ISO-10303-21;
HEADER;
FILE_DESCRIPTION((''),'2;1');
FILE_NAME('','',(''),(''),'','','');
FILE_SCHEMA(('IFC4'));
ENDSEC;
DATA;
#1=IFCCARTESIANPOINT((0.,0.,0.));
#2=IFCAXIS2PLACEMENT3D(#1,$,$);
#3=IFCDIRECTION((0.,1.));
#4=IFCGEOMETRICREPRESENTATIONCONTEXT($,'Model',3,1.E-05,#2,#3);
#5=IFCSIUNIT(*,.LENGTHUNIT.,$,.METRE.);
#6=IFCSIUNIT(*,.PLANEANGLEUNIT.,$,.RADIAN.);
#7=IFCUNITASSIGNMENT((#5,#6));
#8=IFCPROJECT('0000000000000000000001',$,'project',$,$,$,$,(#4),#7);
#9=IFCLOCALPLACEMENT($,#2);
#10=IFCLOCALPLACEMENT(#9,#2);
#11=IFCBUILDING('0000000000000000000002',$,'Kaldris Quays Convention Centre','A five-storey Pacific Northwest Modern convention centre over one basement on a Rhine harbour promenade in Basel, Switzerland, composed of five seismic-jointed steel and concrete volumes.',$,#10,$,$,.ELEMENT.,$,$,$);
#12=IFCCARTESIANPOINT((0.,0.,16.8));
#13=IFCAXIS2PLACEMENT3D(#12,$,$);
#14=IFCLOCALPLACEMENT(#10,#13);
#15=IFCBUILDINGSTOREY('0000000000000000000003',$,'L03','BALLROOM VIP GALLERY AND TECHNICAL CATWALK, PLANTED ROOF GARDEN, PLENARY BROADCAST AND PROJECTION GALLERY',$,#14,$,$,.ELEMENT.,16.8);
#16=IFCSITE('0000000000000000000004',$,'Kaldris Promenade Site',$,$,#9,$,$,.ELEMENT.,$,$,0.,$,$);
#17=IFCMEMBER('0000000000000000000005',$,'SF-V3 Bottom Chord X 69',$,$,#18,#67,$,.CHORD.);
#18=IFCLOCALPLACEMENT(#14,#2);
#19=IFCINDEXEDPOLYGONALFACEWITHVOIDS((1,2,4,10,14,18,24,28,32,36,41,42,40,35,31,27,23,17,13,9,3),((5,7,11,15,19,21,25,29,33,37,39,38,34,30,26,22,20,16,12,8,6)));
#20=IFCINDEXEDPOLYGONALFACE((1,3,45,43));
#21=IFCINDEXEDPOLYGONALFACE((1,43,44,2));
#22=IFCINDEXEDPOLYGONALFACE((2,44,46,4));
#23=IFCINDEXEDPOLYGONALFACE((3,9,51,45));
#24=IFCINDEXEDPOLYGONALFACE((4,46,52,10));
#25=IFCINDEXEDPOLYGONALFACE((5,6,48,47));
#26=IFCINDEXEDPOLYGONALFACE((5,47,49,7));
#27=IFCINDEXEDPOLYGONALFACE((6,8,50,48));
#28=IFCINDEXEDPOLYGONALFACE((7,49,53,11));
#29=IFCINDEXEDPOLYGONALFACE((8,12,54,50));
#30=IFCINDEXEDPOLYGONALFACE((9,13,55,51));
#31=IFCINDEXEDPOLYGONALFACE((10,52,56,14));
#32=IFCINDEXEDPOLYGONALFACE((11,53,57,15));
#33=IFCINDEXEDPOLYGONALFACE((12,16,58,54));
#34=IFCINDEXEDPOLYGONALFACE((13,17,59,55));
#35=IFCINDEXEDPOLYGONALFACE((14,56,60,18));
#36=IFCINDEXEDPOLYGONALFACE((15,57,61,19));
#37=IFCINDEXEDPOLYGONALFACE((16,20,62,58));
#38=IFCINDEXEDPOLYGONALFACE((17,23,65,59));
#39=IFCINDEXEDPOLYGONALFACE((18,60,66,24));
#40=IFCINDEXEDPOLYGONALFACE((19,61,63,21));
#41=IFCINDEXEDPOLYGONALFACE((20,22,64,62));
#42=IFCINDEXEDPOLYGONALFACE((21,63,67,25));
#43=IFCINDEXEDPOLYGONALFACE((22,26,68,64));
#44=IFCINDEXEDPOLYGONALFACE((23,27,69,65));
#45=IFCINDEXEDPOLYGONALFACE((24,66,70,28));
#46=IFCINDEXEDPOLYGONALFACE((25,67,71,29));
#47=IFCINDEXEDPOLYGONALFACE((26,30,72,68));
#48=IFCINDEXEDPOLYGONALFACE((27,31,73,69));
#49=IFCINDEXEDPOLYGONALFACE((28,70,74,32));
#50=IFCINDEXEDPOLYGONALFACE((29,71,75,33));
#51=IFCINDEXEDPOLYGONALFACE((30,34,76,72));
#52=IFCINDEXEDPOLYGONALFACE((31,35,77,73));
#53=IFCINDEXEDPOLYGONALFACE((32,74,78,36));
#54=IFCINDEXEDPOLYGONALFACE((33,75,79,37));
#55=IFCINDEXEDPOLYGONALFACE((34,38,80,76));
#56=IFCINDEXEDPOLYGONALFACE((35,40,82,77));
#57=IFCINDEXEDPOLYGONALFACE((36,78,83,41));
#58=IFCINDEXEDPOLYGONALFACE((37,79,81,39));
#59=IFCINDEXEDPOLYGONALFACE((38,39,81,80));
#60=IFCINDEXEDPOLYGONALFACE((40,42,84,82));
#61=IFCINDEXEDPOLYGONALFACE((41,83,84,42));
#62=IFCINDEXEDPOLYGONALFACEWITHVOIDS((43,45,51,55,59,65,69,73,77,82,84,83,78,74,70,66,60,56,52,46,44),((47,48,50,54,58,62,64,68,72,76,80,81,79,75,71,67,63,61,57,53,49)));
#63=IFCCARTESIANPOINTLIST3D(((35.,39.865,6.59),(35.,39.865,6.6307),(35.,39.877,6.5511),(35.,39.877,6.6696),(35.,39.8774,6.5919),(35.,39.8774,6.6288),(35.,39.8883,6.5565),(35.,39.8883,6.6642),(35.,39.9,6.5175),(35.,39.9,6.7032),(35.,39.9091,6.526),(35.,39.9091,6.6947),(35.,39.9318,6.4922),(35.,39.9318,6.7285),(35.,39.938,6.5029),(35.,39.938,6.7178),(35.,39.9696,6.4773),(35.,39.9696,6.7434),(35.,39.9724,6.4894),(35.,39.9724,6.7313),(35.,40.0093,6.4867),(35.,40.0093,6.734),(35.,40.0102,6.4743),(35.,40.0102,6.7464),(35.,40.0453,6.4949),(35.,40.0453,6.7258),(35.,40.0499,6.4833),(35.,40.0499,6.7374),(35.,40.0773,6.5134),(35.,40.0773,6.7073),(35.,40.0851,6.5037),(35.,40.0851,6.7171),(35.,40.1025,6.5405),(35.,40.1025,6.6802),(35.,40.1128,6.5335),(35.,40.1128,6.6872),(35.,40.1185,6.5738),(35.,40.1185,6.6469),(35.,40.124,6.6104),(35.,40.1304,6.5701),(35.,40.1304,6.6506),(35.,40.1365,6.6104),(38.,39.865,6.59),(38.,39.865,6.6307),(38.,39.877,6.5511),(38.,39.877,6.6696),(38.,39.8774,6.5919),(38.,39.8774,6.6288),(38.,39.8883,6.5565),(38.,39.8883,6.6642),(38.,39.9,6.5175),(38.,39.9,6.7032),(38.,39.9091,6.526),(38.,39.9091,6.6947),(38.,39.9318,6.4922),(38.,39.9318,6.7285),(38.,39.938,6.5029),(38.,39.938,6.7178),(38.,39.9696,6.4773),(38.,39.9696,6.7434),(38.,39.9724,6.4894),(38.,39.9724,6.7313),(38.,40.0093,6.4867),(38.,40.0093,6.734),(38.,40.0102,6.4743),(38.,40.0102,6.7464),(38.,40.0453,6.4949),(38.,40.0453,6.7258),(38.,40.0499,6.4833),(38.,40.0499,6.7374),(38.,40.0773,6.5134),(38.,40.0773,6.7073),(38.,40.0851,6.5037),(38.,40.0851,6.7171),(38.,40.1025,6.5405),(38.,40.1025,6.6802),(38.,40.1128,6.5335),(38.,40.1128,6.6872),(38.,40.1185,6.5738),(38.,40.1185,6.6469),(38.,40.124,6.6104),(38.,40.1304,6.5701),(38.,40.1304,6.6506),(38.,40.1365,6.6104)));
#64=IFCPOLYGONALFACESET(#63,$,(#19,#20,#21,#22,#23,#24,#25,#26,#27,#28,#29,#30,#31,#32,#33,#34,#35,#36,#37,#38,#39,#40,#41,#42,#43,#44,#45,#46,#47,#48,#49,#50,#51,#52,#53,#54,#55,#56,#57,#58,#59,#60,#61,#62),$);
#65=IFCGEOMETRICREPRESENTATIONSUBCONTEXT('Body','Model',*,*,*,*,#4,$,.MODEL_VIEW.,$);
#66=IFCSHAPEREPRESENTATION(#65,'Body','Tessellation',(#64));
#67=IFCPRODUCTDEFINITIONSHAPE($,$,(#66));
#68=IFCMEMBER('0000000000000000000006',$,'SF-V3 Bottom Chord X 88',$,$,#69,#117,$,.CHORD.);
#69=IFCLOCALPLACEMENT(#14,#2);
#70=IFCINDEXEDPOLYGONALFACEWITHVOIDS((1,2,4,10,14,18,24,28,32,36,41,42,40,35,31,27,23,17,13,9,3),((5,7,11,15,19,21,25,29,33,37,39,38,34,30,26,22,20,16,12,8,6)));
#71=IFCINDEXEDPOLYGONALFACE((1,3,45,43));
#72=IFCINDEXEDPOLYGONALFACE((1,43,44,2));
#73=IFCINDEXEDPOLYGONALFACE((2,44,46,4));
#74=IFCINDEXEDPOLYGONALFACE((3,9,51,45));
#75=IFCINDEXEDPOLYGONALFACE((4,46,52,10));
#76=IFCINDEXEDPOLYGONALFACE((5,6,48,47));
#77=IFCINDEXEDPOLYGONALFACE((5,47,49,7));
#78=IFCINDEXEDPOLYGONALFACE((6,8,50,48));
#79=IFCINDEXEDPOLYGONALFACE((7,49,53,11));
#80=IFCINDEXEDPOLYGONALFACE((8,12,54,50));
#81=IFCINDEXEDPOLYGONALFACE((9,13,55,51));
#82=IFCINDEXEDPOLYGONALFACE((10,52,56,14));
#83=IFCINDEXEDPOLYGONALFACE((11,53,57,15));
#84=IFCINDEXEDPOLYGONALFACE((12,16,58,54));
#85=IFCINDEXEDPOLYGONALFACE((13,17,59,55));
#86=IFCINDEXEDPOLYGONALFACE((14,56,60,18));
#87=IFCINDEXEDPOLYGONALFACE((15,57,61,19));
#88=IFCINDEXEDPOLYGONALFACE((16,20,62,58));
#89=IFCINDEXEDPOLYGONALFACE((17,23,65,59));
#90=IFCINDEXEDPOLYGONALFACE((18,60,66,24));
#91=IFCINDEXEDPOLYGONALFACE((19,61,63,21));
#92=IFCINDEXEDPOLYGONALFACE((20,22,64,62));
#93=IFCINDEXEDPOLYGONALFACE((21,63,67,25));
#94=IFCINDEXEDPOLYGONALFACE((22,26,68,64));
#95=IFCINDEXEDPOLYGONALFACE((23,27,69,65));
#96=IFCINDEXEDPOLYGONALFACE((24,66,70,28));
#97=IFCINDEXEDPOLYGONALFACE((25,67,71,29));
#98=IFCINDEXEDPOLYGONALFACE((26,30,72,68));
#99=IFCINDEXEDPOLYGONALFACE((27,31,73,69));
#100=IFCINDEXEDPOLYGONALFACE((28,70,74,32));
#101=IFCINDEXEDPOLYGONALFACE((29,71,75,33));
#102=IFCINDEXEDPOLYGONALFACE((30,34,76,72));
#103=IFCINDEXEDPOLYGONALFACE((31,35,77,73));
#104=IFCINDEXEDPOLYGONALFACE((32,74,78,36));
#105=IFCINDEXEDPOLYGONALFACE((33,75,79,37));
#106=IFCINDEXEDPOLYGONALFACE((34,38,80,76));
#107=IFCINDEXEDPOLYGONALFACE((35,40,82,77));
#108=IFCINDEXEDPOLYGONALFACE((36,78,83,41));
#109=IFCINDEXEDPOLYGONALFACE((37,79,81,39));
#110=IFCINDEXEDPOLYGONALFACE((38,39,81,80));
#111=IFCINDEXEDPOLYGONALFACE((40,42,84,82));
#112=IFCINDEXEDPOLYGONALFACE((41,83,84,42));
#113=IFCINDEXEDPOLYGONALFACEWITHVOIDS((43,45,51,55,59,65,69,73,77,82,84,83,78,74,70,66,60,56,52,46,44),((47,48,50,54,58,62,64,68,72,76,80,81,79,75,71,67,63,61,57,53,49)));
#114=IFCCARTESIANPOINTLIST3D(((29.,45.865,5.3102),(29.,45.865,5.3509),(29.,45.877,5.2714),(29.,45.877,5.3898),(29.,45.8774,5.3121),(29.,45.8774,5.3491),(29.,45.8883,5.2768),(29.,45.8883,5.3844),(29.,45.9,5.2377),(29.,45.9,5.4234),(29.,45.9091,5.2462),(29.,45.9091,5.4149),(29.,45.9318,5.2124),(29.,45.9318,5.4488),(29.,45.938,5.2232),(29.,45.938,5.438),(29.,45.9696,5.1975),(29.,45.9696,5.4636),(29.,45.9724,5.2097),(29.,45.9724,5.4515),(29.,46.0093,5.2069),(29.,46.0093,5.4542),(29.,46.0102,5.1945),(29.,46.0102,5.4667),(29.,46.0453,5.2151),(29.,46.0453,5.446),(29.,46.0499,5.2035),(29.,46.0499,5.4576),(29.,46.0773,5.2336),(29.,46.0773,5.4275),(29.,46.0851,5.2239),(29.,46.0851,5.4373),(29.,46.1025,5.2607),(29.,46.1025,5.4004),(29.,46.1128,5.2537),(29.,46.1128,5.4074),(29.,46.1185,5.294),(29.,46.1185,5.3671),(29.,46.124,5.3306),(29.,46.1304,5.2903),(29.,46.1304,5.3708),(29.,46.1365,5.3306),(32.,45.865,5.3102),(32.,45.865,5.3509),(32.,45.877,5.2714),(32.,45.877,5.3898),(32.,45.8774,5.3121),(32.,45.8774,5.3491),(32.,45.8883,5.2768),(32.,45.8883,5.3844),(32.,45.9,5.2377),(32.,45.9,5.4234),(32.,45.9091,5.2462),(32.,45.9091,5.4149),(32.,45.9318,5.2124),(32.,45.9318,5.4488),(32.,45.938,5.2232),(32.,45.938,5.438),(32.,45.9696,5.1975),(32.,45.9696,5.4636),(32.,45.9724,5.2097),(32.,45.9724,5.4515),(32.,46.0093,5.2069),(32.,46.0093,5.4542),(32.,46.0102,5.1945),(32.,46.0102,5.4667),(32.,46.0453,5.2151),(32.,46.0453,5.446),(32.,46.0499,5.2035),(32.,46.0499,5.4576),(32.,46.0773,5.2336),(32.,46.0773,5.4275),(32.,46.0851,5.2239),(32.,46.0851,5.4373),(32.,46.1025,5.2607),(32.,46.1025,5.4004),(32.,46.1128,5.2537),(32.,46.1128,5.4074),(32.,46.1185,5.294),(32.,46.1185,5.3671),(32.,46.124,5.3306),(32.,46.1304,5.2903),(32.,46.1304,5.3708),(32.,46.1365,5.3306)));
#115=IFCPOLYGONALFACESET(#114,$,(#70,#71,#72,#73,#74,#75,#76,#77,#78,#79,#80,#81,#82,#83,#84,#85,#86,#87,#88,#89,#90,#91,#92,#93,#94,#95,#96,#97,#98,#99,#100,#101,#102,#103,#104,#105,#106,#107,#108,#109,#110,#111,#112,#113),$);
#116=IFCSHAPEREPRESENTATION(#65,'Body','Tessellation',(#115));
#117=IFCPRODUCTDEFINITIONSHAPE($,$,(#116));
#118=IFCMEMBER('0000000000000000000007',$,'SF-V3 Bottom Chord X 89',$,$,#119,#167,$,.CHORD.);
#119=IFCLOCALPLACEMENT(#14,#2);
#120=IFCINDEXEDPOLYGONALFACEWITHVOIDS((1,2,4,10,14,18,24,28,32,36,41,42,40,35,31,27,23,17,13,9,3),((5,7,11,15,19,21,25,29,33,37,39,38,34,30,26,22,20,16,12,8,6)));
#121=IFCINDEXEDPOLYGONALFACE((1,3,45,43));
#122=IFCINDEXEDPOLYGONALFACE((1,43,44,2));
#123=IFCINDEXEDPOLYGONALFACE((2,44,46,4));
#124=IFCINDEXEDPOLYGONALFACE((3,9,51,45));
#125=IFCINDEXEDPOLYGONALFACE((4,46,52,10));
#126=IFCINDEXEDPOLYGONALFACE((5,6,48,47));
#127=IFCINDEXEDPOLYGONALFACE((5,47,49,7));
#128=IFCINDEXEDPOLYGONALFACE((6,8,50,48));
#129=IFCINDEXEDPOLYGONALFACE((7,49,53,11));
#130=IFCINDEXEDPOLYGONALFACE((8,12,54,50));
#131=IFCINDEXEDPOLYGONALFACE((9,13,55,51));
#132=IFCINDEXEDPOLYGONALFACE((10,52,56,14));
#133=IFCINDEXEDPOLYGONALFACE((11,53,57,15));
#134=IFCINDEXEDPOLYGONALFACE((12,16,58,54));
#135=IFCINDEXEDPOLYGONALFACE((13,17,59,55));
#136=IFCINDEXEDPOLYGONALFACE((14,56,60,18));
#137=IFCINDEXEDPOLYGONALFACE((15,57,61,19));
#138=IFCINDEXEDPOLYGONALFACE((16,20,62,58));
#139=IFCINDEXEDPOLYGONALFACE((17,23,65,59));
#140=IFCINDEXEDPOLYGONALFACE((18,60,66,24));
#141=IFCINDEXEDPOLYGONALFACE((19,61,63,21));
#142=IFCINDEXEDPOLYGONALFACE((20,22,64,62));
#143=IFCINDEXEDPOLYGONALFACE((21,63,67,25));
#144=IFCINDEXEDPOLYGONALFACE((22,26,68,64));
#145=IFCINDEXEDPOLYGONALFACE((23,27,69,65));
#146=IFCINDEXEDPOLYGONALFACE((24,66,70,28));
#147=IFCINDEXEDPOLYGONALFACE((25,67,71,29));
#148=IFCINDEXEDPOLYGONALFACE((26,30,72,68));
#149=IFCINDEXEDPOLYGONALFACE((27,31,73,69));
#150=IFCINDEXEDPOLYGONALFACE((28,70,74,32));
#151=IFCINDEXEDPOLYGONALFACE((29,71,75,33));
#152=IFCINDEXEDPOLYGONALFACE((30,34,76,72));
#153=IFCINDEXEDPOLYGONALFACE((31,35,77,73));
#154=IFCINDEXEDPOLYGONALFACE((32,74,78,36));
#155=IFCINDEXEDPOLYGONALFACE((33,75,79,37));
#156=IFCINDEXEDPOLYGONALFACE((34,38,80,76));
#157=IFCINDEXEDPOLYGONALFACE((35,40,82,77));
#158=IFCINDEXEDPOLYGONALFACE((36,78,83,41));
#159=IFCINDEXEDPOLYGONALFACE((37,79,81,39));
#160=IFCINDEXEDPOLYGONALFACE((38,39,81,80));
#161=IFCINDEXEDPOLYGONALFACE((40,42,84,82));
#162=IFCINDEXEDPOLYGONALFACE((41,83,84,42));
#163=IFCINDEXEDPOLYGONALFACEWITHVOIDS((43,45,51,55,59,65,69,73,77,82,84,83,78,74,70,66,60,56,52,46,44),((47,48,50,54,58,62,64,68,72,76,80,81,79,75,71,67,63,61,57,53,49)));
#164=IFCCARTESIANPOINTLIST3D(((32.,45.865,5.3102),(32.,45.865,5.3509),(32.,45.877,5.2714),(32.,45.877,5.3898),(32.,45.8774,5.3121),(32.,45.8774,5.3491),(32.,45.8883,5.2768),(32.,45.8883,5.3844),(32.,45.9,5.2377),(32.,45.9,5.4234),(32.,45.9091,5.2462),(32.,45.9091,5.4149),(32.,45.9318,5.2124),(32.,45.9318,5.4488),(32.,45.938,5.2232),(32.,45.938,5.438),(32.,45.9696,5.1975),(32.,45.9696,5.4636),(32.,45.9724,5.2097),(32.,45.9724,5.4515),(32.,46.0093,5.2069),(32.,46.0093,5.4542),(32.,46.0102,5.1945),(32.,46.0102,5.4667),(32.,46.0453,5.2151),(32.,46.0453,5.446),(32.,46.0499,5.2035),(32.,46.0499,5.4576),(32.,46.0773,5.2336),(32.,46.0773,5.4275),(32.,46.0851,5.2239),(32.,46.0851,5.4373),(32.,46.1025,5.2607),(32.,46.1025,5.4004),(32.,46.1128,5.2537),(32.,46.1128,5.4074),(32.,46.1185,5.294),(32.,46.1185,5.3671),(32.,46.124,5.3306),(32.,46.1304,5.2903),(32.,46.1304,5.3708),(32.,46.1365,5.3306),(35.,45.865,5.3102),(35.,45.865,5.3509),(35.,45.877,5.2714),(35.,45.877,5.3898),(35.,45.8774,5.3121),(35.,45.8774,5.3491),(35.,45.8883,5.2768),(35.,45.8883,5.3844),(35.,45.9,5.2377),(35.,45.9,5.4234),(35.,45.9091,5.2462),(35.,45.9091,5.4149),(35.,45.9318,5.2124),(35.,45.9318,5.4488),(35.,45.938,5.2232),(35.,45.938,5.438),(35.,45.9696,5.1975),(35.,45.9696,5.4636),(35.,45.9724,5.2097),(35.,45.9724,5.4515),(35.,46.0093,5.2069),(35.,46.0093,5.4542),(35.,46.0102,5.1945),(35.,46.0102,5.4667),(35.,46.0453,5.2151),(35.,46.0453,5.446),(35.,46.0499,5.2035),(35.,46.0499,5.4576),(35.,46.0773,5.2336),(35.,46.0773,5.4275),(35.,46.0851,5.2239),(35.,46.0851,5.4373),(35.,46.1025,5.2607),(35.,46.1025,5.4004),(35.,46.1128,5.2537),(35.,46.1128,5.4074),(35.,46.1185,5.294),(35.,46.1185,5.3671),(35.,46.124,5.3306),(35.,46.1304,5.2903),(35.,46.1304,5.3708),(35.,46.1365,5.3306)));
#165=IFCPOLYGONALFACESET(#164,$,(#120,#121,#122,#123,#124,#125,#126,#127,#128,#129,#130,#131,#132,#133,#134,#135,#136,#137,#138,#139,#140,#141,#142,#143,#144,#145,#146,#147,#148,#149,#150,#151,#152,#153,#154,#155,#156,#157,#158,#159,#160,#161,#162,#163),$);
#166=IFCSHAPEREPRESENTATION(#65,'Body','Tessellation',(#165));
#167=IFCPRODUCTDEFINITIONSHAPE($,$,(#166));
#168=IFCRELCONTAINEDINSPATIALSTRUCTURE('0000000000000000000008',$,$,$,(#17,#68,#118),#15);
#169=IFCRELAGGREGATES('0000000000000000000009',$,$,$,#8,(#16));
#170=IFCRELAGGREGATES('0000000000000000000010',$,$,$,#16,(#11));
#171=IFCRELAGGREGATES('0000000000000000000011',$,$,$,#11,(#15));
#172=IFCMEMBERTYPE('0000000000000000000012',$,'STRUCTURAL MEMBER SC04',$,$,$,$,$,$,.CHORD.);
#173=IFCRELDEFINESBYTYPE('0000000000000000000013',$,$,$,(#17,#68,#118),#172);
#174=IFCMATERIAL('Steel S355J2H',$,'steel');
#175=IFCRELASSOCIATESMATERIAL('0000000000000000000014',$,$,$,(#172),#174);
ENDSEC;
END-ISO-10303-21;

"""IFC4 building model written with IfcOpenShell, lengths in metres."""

from ifc_helpers import new_model, si_unit, direction, frame, origin, origin_2d, place, context, subcontext, project, spatial, hollow_circle, extrude, material, material_profile, profile_set, type_object, element, save


model = new_model("IFC4")

# Units and contexts
model_context = context("Model", 3, precision=1e-05, world=origin(), true_north=direction((0.0, 1.0)))
body_context = subcontext(model_context, "Body", "Model", "MODEL_VIEW")
ifc_project = project(units=[si_unit("LENGTHUNIT", "METRE"), si_unit("PLANEANGLEUNIT", "RADIAN")], contexts=[model_context])

# Site, building, storey
site_placement = place(None, origin())
site = spatial("IfcSite", under=ifc_project, at=site_placement, Name="Kaldris Promenade Site", CompositionType="ELEMENT", RefElevation=0.0)
building_placement = place(site_placement, origin())
building = spatial("IfcBuilding", under=site, at=building_placement, Name="Kaldris Quays Convention Centre", Description="A five-storey Pacific Northwest Modern convention centre over one basement on a Rhine harbour promenade in Basel, Switzerland, composed of five seismic-jointed steel and concrete volumes.", CompositionType="ELEMENT")
storey_placement = place(building_placement, frame((0.0, 0.0, 16.8)))
storey = spatial("IfcBuildingStorey", under=building, at=storey_placement, Name="L03", Description="BALLROOM VIP GALLERY AND TECHNICAL CATWALK, PLANTED ROOF GARDEN, PLENARY BROADCAST AND PROJECTION GALLERY", CompositionType="ELEMENT", Elevation=16.8)

# Members
ifc_material_1 = material(Name="Steel S355J2H", Category="steel")
ifc_material_profile_1 = material_profile(ifc_material_1, hollow_circle(Radius=0.1365, WallThickness=0.0125, at=origin_2d()), Name="CHS 273x12.5")
ifc_profile_set_1 = profile_set([ifc_material_profile_1], Name="Steel S355J2H")
member_type_1 = type_object("IfcMemberType", Name="STRUCTURAL MEMBER SC04", PredefinedType="CHORD", material=ifc_profile_set_1)
for number, where, z_axis, x_axis, name in (
    (1, (35.0, 40.0, 6.6104), (1.0, 0.0, 0.0), (0.0, 1.0, 0.0), "SF-V3 Bottom Chord X 69"),
    (2, (29.0, 46.0, 5.3306), (1.0, 0.0, 0.0), (0.0, 1.0, 0.0), "SF-V3 Bottom Chord X 88"),
    (3, (32.0, 46.0, 5.3306), (1.0, 0.0, 0.0), (0.0, 1.0, 0.0), "SF-V3 Bottom Chord X 89"),
):
    element("IfcMember", number, at=place(storey_placement, frame(where, z_axis=z_axis, x_axis=x_axis)), inside=storey, type_object=member_type_1, Name=name, PredefinedType="CHORD", context=body_context, shape_type="SweptSolid", body=[
        extrude(hollow_circle(Radius=0.1365, WallThickness=0.0125, at=origin_2d()), origin(), (0.0, 0.0, 1.0), 3.0),
    ])

save(model, "model.ifc")
